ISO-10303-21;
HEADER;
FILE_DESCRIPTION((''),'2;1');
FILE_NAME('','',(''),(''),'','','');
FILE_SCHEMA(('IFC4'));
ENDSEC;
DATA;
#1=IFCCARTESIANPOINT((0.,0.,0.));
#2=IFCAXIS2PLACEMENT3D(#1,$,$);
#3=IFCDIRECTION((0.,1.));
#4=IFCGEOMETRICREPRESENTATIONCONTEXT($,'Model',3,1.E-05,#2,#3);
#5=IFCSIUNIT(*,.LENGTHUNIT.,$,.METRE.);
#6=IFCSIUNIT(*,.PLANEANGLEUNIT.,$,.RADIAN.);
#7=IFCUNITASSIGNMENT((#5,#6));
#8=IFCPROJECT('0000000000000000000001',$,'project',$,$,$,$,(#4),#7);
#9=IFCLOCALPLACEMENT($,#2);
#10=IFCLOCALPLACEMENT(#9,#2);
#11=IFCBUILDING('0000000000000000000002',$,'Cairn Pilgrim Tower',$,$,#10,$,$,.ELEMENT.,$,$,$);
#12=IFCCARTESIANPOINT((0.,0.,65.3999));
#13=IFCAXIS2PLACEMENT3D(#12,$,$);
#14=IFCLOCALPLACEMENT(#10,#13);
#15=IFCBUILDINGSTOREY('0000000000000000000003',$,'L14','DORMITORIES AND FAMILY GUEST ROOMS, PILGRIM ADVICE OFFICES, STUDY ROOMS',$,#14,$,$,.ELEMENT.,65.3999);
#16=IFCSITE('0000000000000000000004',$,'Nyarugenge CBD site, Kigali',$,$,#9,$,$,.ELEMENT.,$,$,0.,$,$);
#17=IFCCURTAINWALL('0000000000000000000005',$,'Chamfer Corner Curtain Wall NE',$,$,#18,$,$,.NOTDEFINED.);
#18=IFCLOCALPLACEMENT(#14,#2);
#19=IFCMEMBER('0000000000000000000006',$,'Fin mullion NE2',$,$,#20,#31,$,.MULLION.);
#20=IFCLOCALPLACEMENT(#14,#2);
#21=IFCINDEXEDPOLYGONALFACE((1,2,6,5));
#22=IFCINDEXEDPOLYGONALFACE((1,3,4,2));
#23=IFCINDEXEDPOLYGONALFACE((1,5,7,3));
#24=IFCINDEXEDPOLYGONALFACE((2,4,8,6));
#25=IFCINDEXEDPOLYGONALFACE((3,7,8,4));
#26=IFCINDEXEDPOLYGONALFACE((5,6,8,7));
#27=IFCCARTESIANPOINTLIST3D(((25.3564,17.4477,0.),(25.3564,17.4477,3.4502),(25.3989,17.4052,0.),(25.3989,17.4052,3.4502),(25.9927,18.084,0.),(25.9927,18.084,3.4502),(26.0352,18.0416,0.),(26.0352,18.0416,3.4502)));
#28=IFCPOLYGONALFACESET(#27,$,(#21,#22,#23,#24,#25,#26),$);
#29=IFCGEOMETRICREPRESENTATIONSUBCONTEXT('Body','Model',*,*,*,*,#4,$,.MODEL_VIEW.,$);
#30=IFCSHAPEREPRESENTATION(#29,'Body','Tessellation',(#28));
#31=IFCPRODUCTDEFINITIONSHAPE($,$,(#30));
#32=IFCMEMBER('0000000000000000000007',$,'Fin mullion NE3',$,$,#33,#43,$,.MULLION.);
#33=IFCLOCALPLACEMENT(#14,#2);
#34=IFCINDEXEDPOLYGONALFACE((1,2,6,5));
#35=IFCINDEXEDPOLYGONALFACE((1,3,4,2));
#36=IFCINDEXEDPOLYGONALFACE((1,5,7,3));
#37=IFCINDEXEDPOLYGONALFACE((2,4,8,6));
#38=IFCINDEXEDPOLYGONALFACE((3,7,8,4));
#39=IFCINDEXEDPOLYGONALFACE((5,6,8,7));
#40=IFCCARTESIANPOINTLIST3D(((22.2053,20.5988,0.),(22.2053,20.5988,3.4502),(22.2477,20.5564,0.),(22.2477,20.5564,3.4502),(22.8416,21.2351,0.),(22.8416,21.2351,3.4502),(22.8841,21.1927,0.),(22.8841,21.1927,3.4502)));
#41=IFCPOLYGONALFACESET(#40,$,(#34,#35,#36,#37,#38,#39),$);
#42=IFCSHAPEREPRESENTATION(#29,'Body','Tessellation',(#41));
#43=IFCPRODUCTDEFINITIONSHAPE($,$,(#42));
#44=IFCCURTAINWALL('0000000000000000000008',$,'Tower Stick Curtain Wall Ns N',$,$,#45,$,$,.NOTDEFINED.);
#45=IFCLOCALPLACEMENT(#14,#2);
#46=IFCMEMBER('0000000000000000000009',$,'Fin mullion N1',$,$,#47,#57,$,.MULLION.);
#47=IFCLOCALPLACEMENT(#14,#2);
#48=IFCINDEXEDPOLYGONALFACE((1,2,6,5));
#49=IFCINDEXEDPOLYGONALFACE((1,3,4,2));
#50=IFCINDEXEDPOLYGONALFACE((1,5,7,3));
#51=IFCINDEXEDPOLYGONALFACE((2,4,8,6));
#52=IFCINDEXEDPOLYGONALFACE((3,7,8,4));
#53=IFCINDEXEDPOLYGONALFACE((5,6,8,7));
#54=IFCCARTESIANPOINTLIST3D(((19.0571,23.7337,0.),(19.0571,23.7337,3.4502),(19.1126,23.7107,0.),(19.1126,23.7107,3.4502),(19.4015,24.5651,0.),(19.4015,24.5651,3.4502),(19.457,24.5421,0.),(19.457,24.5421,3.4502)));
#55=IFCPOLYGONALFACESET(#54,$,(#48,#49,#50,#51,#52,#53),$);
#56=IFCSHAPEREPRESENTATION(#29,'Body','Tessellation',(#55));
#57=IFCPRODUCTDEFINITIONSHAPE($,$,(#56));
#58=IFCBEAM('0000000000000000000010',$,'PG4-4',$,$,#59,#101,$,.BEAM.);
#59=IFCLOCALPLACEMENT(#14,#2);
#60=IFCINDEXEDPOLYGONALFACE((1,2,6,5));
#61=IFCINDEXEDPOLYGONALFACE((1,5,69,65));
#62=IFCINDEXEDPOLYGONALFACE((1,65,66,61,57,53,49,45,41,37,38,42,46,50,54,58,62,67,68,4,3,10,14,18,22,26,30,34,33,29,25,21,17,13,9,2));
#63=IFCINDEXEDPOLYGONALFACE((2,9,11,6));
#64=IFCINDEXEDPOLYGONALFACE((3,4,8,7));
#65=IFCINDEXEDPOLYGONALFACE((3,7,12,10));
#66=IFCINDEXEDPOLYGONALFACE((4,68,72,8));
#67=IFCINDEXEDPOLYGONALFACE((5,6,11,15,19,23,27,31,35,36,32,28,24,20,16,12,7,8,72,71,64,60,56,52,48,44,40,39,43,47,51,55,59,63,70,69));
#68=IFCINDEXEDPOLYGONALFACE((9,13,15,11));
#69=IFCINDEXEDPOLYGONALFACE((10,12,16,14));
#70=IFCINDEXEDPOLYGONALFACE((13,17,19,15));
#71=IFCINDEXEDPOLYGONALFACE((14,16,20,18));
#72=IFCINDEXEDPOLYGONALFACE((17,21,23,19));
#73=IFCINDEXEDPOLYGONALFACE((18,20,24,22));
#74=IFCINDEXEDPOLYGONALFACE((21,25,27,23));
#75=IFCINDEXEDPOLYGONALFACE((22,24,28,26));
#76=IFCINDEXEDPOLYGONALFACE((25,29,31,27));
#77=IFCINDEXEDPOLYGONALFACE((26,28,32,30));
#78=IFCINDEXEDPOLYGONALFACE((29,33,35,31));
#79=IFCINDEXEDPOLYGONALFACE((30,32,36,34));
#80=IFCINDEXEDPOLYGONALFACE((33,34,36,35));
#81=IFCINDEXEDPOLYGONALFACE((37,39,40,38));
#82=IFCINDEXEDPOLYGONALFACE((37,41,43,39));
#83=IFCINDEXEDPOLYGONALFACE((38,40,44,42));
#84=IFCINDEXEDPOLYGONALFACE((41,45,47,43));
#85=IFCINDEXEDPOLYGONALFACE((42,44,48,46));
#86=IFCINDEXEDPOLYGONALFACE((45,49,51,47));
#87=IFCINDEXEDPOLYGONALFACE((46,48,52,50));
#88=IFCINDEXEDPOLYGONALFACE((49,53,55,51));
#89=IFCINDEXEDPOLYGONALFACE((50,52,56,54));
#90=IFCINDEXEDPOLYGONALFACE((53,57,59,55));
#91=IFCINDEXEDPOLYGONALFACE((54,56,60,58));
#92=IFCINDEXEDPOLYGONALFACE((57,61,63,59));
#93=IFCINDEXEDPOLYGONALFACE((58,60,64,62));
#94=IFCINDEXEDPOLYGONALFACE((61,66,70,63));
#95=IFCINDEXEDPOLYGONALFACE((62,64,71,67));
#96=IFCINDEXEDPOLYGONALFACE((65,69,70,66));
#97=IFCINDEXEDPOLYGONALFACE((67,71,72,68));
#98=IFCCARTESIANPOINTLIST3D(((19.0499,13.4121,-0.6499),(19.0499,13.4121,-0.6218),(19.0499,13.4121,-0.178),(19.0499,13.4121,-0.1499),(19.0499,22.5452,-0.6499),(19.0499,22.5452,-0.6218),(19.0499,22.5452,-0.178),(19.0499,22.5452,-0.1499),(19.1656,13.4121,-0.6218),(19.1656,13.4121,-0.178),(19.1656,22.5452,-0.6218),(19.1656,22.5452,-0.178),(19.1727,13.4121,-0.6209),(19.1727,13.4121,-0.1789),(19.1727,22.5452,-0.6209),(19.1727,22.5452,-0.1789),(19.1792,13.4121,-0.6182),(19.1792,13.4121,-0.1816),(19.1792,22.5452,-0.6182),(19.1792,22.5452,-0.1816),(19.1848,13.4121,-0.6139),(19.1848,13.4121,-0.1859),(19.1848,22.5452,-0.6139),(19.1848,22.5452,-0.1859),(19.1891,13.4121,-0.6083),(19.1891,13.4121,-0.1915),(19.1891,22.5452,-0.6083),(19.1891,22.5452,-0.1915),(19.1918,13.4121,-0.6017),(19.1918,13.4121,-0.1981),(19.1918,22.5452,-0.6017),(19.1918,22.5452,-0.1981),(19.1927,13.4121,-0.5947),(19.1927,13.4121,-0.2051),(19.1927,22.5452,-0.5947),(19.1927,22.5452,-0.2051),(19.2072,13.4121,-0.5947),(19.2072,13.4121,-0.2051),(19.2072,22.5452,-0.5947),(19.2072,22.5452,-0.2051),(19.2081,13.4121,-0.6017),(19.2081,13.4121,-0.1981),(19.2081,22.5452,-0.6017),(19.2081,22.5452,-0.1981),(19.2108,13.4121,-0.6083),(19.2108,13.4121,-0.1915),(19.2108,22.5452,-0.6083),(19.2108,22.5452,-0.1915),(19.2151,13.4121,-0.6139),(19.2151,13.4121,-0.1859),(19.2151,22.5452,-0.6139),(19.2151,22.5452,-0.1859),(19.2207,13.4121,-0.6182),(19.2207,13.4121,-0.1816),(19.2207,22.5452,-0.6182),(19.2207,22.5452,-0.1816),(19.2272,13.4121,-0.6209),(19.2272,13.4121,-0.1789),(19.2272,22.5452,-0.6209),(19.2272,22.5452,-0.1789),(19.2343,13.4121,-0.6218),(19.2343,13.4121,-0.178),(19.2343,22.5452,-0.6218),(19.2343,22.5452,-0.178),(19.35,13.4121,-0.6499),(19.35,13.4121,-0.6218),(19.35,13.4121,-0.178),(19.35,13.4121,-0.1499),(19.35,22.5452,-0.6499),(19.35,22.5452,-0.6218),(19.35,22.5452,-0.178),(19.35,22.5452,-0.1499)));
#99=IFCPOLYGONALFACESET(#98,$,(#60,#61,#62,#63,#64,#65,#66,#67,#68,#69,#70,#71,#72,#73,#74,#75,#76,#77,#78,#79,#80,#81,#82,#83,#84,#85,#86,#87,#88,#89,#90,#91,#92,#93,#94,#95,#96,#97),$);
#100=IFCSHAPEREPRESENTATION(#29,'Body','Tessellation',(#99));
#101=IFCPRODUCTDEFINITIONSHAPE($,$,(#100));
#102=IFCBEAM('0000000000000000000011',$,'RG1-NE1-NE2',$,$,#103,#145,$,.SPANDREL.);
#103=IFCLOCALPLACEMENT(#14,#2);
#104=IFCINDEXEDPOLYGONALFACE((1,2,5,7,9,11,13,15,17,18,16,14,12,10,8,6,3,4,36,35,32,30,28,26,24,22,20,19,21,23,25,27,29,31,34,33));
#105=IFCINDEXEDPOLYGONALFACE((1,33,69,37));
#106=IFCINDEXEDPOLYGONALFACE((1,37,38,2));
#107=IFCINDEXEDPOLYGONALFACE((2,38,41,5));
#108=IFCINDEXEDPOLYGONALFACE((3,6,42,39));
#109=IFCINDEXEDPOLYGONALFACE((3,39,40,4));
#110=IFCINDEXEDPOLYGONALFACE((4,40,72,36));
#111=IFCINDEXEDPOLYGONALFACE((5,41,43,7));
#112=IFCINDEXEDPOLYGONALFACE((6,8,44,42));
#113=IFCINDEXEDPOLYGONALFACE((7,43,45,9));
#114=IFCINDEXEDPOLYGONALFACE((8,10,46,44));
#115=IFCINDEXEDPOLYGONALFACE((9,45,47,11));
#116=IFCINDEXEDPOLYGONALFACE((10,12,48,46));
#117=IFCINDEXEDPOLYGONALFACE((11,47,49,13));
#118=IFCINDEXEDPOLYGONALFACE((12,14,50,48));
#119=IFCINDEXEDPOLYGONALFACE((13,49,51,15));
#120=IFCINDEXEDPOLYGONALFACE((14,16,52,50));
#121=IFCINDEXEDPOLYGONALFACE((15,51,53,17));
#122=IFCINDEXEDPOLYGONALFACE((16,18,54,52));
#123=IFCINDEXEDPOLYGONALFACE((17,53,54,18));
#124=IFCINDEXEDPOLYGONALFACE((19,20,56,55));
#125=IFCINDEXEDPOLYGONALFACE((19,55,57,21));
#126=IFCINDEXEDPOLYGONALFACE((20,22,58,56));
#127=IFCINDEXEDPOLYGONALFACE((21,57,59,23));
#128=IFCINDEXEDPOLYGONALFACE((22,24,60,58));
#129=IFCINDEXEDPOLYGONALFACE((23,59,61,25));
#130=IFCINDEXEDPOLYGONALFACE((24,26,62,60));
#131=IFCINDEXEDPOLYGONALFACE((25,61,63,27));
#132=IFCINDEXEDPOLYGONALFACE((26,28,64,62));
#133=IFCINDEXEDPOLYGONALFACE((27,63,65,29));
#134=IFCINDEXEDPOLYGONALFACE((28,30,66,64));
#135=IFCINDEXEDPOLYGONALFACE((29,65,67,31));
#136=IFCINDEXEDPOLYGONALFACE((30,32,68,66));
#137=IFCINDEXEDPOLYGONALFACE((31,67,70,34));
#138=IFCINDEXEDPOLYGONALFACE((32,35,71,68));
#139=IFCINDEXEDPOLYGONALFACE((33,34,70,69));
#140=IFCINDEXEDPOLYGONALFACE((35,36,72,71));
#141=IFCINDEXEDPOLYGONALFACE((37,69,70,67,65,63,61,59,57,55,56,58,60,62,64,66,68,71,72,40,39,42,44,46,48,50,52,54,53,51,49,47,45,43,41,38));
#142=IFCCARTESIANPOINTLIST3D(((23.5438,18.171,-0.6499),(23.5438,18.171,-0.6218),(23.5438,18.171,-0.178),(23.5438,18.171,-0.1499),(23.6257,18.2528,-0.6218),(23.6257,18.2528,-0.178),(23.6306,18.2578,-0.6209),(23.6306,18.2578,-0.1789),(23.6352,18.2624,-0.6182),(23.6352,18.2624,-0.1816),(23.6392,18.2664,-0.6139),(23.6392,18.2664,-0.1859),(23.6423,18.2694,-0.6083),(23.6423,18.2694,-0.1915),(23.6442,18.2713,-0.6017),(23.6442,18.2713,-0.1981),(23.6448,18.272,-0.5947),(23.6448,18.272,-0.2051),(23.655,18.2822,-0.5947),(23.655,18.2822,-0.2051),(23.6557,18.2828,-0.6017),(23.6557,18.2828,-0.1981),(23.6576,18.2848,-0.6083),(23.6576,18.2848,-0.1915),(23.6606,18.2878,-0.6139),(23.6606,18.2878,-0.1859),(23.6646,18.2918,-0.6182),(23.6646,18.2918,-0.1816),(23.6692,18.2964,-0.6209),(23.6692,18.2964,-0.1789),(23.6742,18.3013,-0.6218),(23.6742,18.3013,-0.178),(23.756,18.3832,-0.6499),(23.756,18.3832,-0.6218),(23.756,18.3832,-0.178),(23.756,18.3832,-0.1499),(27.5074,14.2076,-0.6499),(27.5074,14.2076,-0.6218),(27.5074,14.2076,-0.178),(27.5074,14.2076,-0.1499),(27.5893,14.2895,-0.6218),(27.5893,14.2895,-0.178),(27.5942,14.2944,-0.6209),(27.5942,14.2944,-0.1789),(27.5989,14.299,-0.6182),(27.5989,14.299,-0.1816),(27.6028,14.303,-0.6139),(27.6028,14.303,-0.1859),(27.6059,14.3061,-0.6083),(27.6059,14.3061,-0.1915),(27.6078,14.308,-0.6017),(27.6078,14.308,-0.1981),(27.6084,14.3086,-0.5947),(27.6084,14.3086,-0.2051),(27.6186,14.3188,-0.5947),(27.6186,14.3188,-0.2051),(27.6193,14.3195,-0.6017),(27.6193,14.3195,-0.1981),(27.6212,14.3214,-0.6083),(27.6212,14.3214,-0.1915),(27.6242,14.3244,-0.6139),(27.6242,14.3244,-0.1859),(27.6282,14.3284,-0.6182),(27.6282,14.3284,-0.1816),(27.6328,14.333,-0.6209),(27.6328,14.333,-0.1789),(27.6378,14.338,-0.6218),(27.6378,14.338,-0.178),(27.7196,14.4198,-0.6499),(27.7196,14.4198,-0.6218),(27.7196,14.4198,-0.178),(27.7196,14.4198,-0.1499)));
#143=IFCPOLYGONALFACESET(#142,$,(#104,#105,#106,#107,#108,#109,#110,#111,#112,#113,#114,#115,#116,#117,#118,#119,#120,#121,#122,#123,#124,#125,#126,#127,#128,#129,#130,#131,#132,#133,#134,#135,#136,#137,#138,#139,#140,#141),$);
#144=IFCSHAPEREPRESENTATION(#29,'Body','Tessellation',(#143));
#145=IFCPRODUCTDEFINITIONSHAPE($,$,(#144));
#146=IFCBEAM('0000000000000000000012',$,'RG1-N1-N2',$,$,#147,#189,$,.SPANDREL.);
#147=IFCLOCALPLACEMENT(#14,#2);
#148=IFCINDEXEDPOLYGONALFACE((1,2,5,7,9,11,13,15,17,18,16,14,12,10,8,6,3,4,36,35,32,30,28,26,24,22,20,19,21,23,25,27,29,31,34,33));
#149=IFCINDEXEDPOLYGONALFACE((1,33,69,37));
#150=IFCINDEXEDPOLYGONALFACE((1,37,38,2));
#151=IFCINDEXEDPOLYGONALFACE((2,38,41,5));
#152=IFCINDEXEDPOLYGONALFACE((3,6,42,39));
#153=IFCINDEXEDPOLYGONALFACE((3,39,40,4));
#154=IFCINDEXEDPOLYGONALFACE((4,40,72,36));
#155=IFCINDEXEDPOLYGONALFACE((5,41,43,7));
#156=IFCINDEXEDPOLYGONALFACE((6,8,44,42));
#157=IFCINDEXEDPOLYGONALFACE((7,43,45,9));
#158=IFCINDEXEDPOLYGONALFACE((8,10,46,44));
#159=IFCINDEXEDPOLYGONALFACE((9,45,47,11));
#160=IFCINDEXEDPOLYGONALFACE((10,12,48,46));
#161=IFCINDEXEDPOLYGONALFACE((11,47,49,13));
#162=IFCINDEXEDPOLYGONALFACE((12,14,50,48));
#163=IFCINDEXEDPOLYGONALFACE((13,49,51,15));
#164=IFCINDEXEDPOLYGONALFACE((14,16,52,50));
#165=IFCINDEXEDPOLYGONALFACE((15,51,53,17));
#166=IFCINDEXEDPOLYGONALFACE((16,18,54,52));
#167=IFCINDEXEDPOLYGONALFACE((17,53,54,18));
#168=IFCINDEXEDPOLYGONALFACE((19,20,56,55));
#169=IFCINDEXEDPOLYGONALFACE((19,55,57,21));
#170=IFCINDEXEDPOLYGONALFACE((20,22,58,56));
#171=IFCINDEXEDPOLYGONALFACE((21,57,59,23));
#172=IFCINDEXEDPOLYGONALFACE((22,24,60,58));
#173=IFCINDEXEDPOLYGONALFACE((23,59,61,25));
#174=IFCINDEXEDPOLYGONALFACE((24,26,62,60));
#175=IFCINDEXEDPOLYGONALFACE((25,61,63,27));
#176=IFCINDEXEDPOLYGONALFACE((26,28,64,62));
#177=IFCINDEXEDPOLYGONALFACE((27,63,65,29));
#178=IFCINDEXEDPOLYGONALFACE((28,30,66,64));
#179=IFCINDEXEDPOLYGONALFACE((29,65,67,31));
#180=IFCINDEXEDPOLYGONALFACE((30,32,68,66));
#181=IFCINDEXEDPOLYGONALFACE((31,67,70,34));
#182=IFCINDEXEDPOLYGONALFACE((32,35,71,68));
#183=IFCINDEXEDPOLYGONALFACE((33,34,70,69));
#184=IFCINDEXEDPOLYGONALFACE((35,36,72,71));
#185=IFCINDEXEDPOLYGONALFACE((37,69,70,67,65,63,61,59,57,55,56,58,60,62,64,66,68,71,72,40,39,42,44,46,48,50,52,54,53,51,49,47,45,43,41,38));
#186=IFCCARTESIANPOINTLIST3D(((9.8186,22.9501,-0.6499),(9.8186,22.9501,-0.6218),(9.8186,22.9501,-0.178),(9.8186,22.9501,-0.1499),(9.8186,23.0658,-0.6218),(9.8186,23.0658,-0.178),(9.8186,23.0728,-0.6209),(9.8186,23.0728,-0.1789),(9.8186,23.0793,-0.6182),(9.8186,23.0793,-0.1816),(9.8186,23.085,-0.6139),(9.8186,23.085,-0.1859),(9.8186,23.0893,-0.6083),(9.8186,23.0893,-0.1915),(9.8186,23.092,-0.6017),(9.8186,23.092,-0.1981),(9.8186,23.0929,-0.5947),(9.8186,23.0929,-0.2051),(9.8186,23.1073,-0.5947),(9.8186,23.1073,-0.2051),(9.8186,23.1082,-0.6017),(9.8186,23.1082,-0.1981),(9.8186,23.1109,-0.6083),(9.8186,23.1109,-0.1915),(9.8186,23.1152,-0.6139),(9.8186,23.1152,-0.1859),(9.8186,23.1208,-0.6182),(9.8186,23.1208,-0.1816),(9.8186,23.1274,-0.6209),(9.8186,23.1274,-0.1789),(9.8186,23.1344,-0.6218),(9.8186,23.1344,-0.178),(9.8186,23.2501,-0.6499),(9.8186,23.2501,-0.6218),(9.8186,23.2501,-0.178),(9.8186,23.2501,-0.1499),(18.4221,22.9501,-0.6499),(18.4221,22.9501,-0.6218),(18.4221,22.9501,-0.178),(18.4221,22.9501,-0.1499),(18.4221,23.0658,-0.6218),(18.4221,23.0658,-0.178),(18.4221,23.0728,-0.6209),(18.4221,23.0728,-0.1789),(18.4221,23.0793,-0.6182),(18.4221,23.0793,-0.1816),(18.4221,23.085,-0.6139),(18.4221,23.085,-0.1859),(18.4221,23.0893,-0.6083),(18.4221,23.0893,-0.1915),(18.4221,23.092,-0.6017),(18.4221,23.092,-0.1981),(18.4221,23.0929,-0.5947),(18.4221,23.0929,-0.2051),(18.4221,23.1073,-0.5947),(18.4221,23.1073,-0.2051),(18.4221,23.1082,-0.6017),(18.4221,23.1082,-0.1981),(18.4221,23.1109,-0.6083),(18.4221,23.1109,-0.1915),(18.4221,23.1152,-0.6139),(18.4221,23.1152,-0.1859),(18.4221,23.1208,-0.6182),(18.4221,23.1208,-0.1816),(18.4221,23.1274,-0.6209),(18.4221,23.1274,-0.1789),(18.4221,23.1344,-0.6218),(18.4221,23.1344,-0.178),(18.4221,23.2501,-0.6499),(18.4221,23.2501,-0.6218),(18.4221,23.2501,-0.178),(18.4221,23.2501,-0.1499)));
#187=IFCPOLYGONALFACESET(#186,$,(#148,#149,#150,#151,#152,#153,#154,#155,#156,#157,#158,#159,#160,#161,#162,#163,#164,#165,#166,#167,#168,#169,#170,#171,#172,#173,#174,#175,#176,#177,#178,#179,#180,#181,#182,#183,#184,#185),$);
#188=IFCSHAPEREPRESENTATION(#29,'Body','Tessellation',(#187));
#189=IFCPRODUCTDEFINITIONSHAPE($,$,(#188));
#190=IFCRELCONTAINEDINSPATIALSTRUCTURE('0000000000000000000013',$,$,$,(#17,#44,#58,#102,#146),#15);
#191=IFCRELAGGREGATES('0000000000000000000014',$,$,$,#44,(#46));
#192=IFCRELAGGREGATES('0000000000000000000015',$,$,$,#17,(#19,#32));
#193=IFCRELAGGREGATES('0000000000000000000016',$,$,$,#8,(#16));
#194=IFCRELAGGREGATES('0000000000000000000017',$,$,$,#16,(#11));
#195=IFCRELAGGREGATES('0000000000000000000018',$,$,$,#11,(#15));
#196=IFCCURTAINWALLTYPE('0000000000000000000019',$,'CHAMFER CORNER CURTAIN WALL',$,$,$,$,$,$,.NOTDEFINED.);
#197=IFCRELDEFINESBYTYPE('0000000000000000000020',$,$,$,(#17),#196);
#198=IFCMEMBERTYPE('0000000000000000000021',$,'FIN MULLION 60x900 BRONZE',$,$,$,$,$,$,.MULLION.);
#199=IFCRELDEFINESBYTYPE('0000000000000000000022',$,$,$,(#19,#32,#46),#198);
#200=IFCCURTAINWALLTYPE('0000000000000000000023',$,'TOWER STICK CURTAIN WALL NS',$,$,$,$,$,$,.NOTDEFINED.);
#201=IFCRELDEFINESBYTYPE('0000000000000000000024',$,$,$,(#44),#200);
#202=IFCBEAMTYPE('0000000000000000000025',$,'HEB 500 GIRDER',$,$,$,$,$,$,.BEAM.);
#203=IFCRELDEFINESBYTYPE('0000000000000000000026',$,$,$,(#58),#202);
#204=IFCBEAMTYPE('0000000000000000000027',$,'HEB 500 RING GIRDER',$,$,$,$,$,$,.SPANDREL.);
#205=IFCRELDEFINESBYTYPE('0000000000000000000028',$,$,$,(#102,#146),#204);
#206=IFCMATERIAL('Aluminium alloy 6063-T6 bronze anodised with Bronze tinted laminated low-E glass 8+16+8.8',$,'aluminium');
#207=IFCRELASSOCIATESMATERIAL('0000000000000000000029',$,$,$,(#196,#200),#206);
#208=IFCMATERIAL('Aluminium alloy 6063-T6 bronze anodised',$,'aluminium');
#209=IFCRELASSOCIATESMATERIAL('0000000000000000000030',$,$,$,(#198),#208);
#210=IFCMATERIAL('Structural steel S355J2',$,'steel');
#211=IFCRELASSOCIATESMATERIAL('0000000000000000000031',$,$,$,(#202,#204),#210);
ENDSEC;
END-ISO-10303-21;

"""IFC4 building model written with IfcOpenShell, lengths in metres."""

from ifc_helpers import new_model, si_unit, direction, frame, origin, origin_2d, place, context, subcontext, project, spatial, rectangle, i_section, extrude, material, material_profile, profile_set, type_object, element, aggregate, save


model = new_model("IFC4")

# Units and contexts
model_context = context("Model", 3, precision=1e-05, world=origin(), true_north=direction((0.0, 1.0)))
body_context = subcontext(model_context, "Body", "Model", "MODEL_VIEW")
ifc_project = project(units=[si_unit("LENGTHUNIT", "METRE"), si_unit("PLANEANGLEUNIT", "RADIAN")], contexts=[model_context])

# Site, building, storey
site_placement = place(None, origin())
site = spatial("IfcSite", under=ifc_project, at=site_placement, Name="Nyarugenge CBD site, Kigali", CompositionType="ELEMENT", RefElevation=0.0)
building_placement = place(site_placement, origin())
building = spatial("IfcBuilding", under=site, at=building_placement, Name="Cairn Pilgrim Tower", CompositionType="ELEMENT")
storey_placement = place(building_placement, frame((0.0, 0.0, 65.3999)))
storey = spatial("IfcBuildingStorey", under=building, at=storey_placement, Name="L14", Description="DORMITORIES AND FAMILY GUEST ROOMS, PILGRIM ADVICE OFFICES, STUDY ROOMS", CompositionType="ELEMENT", Elevation=65.3999)

# Shared definitions
ifc_material_1 = material(Name="Structural steel S355J2", Category="steel")

# Curtain wall, members
ifc_material_2 = material(Name="Aluminium alloy 6063-T6 bronze anodised with Bronze tinted laminated low-E glass 8+16+8.8", Category="aluminium")
curtain_wall_type_1 = type_object("IfcCurtainWallType", Name="CHAMFER CORNER CURTAIN WALL", PredefinedType="NOTDEFINED", material=ifc_material_2)
curtain_wall_1_placement = place(storey_placement, origin())
curtain_wall_1 = element("IfcCurtainWall", 1, at=curtain_wall_1_placement, inside=storey, type_object=curtain_wall_type_1, Name="Chamfer Corner Curtain Wall NE", PredefinedType="NOTDEFINED")
ifc_material_3 = material(Name="Aluminium alloy 6063-T6 bronze anodised", Category="aluminium")
ifc_material_profile_1 = material_profile(ifc_material_3, rectangle(XDim=0.8999, YDim=0.0601, at=origin_2d()), Name="FIN MULLION 60x900 BRONZE")
ifc_profile_set_1 = profile_set([ifc_material_profile_1], Name="Aluminium alloy 6063-T6 bronze anodised")
member_type_1 = type_object("IfcMemberType", Name="FIN MULLION 60x900 BRONZE", PredefinedType="MULLION", material=ifc_profile_set_1)
member_1_placement = place(storey_placement, frame((25.6958, 17.7446, 0.0), z_axis=(0.0, 0.0, 1.0), x_axis=(0.707107, 0.707107, 0.0)))
member_1 = element("IfcMember", 2, at=member_1_placement, type_object=member_type_1, Name="Fin mullion NE2", PredefinedType="MULLION", context=body_context, shape_type="SweptSolid", body=[
    extrude(rectangle(XDim=0.8999, YDim=0.0601, at=origin_2d()), origin(), (0.0, 0.0, 1.0), 3.4502),
])
member_2_placement = place(storey_placement, frame((22.5447, 20.8958, 0.0), z_axis=(0.0, 0.0, 1.0), x_axis=(0.707107, 0.707107, 0.0)))
member_2 = element("IfcMember", 3, at=member_2_placement, type_object=member_type_1, Name="Fin mullion NE3", PredefinedType="MULLION", context=body_context, shape_type="SweptSolid", body=[
    extrude(rectangle(XDim=0.8999, YDim=0.0601, at=origin_2d()), origin(), (0.0, 0.0, 1.0), 3.4502),
])

# Curtain wall, member
curtain_wall_type_2 = type_object("IfcCurtainWallType", Name="TOWER STICK CURTAIN WALL NS", PredefinedType="NOTDEFINED", material=ifc_material_2)
curtain_wall_2_placement = place(storey_placement, origin())
curtain_wall_2 = element("IfcCurtainWall", 4, at=curtain_wall_2_placement, inside=storey, type_object=curtain_wall_type_2, Name="Tower Stick Curtain Wall Ns N", PredefinedType="NOTDEFINED")
member_3_placement = place(storey_placement, frame((19.2571, 24.1379, 0.0), z_axis=(0.0, 0.0, 1.0), x_axis=(0.382683, 0.92388, 0.0)))
member_3 = element("IfcMember", 5, at=member_3_placement, type_object=member_type_1, Name="Fin mullion N1", PredefinedType="MULLION", context=body_context, shape_type="SweptSolid", body=[
    extrude(rectangle(XDim=0.8999, YDim=0.0601, at=origin_2d()), origin(), (0.0, 0.0, 1.0), 3.4502),
])
aggregate(curtain_wall_2, [member_3])

# Beams
ifc_material_profile_2 = material_profile(ifc_material_1, i_section(OverallWidth=0.3, OverallDepth=0.5, WebThickness=0.0144, FlangeThickness=0.0281, FilletRadius=0.0271, at=origin_2d()), Name="HEB 500")
ifc_profile_set_2 = profile_set([ifc_material_profile_2], Name="Structural steel S355J2")
beam_type_1 = type_object("IfcBeamType", Name="HEB 500 GIRDER", PredefinedType="BEAM", material=ifc_profile_set_2)
beam_1_placement = place(storey_placement, frame((19.2, 13.4121, -0.3999), z_axis=(0.0, 1.0, 0.0), x_axis=(-1.0, 0.0, 0.0)))
element("IfcBeam", 6, at=beam_1_placement, inside=storey, type_object=beam_type_1, Name="PG4-4", PredefinedType="BEAM", context=body_context, shape_type="SweptSolid", body=[
    extrude(i_section(OverallWidth=0.3, OverallDepth=0.5, WebThickness=0.0144, FlangeThickness=0.0281, FilletRadius=0.0271, at=origin_2d()), origin(), (0.0, 0.0, 1.0), 9.1331),
])
ifc_material_profile_3 = material_profile(ifc_material_1, i_section(OverallWidth=0.3, OverallDepth=0.5, WebThickness=0.0144, FlangeThickness=0.0281, FilletRadius=0.0271, at=origin_2d()), Name="HEB 500")
ifc_profile_set_3 = profile_set([ifc_material_profile_3], Name="Structural steel S355J2")
beam_type_2 = type_object("IfcBeamType", Name="HEB 500 RING GIRDER", PredefinedType="SPANDREL", material=ifc_profile_set_3)
beam_2_placement = place(storey_placement, frame((27.6135, 14.3137, -0.3999), z_axis=(-0.707129, 0.707085, 0.0), x_axis=(-0.707085, -0.707129, 0.0)))
element("IfcBeam", 7, at=beam_2_placement, inside=storey, type_object=beam_type_2, Name="RG1-NE1-NE2", PredefinedType="SPANDREL", context=body_context, shape_type="SweptSolid", body=[
    extrude(i_section(OverallWidth=0.3, OverallDepth=0.5, WebThickness=0.0144, FlangeThickness=0.0281, FilletRadius=0.0271, at=origin_2d()), origin(), (0.0, 0.0, 1.0), 5.6052),
])
beam_3_placement = place(storey_placement, frame((18.4221, 23.1001, -0.3999), z_axis=(-1.0, 0.0, 0.0), x_axis=(0.0, -1.0, 0.0)))
element("IfcBeam", 8, at=beam_3_placement, inside=storey, type_object=beam_type_2, Name="RG1-N1-N2", PredefinedType="SPANDREL", context=body_context, shape_type="SweptSolid", body=[
    extrude(i_section(OverallWidth=0.3, OverallDepth=0.5, WebThickness=0.0144, FlangeThickness=0.0281, FilletRadius=0.0271, at=origin_2d()), origin(), (0.0, 0.0, 1.0), 8.6035),
])

aggregate(curtain_wall_1, [member_1, member_2])

save(model, "model.ifc")
